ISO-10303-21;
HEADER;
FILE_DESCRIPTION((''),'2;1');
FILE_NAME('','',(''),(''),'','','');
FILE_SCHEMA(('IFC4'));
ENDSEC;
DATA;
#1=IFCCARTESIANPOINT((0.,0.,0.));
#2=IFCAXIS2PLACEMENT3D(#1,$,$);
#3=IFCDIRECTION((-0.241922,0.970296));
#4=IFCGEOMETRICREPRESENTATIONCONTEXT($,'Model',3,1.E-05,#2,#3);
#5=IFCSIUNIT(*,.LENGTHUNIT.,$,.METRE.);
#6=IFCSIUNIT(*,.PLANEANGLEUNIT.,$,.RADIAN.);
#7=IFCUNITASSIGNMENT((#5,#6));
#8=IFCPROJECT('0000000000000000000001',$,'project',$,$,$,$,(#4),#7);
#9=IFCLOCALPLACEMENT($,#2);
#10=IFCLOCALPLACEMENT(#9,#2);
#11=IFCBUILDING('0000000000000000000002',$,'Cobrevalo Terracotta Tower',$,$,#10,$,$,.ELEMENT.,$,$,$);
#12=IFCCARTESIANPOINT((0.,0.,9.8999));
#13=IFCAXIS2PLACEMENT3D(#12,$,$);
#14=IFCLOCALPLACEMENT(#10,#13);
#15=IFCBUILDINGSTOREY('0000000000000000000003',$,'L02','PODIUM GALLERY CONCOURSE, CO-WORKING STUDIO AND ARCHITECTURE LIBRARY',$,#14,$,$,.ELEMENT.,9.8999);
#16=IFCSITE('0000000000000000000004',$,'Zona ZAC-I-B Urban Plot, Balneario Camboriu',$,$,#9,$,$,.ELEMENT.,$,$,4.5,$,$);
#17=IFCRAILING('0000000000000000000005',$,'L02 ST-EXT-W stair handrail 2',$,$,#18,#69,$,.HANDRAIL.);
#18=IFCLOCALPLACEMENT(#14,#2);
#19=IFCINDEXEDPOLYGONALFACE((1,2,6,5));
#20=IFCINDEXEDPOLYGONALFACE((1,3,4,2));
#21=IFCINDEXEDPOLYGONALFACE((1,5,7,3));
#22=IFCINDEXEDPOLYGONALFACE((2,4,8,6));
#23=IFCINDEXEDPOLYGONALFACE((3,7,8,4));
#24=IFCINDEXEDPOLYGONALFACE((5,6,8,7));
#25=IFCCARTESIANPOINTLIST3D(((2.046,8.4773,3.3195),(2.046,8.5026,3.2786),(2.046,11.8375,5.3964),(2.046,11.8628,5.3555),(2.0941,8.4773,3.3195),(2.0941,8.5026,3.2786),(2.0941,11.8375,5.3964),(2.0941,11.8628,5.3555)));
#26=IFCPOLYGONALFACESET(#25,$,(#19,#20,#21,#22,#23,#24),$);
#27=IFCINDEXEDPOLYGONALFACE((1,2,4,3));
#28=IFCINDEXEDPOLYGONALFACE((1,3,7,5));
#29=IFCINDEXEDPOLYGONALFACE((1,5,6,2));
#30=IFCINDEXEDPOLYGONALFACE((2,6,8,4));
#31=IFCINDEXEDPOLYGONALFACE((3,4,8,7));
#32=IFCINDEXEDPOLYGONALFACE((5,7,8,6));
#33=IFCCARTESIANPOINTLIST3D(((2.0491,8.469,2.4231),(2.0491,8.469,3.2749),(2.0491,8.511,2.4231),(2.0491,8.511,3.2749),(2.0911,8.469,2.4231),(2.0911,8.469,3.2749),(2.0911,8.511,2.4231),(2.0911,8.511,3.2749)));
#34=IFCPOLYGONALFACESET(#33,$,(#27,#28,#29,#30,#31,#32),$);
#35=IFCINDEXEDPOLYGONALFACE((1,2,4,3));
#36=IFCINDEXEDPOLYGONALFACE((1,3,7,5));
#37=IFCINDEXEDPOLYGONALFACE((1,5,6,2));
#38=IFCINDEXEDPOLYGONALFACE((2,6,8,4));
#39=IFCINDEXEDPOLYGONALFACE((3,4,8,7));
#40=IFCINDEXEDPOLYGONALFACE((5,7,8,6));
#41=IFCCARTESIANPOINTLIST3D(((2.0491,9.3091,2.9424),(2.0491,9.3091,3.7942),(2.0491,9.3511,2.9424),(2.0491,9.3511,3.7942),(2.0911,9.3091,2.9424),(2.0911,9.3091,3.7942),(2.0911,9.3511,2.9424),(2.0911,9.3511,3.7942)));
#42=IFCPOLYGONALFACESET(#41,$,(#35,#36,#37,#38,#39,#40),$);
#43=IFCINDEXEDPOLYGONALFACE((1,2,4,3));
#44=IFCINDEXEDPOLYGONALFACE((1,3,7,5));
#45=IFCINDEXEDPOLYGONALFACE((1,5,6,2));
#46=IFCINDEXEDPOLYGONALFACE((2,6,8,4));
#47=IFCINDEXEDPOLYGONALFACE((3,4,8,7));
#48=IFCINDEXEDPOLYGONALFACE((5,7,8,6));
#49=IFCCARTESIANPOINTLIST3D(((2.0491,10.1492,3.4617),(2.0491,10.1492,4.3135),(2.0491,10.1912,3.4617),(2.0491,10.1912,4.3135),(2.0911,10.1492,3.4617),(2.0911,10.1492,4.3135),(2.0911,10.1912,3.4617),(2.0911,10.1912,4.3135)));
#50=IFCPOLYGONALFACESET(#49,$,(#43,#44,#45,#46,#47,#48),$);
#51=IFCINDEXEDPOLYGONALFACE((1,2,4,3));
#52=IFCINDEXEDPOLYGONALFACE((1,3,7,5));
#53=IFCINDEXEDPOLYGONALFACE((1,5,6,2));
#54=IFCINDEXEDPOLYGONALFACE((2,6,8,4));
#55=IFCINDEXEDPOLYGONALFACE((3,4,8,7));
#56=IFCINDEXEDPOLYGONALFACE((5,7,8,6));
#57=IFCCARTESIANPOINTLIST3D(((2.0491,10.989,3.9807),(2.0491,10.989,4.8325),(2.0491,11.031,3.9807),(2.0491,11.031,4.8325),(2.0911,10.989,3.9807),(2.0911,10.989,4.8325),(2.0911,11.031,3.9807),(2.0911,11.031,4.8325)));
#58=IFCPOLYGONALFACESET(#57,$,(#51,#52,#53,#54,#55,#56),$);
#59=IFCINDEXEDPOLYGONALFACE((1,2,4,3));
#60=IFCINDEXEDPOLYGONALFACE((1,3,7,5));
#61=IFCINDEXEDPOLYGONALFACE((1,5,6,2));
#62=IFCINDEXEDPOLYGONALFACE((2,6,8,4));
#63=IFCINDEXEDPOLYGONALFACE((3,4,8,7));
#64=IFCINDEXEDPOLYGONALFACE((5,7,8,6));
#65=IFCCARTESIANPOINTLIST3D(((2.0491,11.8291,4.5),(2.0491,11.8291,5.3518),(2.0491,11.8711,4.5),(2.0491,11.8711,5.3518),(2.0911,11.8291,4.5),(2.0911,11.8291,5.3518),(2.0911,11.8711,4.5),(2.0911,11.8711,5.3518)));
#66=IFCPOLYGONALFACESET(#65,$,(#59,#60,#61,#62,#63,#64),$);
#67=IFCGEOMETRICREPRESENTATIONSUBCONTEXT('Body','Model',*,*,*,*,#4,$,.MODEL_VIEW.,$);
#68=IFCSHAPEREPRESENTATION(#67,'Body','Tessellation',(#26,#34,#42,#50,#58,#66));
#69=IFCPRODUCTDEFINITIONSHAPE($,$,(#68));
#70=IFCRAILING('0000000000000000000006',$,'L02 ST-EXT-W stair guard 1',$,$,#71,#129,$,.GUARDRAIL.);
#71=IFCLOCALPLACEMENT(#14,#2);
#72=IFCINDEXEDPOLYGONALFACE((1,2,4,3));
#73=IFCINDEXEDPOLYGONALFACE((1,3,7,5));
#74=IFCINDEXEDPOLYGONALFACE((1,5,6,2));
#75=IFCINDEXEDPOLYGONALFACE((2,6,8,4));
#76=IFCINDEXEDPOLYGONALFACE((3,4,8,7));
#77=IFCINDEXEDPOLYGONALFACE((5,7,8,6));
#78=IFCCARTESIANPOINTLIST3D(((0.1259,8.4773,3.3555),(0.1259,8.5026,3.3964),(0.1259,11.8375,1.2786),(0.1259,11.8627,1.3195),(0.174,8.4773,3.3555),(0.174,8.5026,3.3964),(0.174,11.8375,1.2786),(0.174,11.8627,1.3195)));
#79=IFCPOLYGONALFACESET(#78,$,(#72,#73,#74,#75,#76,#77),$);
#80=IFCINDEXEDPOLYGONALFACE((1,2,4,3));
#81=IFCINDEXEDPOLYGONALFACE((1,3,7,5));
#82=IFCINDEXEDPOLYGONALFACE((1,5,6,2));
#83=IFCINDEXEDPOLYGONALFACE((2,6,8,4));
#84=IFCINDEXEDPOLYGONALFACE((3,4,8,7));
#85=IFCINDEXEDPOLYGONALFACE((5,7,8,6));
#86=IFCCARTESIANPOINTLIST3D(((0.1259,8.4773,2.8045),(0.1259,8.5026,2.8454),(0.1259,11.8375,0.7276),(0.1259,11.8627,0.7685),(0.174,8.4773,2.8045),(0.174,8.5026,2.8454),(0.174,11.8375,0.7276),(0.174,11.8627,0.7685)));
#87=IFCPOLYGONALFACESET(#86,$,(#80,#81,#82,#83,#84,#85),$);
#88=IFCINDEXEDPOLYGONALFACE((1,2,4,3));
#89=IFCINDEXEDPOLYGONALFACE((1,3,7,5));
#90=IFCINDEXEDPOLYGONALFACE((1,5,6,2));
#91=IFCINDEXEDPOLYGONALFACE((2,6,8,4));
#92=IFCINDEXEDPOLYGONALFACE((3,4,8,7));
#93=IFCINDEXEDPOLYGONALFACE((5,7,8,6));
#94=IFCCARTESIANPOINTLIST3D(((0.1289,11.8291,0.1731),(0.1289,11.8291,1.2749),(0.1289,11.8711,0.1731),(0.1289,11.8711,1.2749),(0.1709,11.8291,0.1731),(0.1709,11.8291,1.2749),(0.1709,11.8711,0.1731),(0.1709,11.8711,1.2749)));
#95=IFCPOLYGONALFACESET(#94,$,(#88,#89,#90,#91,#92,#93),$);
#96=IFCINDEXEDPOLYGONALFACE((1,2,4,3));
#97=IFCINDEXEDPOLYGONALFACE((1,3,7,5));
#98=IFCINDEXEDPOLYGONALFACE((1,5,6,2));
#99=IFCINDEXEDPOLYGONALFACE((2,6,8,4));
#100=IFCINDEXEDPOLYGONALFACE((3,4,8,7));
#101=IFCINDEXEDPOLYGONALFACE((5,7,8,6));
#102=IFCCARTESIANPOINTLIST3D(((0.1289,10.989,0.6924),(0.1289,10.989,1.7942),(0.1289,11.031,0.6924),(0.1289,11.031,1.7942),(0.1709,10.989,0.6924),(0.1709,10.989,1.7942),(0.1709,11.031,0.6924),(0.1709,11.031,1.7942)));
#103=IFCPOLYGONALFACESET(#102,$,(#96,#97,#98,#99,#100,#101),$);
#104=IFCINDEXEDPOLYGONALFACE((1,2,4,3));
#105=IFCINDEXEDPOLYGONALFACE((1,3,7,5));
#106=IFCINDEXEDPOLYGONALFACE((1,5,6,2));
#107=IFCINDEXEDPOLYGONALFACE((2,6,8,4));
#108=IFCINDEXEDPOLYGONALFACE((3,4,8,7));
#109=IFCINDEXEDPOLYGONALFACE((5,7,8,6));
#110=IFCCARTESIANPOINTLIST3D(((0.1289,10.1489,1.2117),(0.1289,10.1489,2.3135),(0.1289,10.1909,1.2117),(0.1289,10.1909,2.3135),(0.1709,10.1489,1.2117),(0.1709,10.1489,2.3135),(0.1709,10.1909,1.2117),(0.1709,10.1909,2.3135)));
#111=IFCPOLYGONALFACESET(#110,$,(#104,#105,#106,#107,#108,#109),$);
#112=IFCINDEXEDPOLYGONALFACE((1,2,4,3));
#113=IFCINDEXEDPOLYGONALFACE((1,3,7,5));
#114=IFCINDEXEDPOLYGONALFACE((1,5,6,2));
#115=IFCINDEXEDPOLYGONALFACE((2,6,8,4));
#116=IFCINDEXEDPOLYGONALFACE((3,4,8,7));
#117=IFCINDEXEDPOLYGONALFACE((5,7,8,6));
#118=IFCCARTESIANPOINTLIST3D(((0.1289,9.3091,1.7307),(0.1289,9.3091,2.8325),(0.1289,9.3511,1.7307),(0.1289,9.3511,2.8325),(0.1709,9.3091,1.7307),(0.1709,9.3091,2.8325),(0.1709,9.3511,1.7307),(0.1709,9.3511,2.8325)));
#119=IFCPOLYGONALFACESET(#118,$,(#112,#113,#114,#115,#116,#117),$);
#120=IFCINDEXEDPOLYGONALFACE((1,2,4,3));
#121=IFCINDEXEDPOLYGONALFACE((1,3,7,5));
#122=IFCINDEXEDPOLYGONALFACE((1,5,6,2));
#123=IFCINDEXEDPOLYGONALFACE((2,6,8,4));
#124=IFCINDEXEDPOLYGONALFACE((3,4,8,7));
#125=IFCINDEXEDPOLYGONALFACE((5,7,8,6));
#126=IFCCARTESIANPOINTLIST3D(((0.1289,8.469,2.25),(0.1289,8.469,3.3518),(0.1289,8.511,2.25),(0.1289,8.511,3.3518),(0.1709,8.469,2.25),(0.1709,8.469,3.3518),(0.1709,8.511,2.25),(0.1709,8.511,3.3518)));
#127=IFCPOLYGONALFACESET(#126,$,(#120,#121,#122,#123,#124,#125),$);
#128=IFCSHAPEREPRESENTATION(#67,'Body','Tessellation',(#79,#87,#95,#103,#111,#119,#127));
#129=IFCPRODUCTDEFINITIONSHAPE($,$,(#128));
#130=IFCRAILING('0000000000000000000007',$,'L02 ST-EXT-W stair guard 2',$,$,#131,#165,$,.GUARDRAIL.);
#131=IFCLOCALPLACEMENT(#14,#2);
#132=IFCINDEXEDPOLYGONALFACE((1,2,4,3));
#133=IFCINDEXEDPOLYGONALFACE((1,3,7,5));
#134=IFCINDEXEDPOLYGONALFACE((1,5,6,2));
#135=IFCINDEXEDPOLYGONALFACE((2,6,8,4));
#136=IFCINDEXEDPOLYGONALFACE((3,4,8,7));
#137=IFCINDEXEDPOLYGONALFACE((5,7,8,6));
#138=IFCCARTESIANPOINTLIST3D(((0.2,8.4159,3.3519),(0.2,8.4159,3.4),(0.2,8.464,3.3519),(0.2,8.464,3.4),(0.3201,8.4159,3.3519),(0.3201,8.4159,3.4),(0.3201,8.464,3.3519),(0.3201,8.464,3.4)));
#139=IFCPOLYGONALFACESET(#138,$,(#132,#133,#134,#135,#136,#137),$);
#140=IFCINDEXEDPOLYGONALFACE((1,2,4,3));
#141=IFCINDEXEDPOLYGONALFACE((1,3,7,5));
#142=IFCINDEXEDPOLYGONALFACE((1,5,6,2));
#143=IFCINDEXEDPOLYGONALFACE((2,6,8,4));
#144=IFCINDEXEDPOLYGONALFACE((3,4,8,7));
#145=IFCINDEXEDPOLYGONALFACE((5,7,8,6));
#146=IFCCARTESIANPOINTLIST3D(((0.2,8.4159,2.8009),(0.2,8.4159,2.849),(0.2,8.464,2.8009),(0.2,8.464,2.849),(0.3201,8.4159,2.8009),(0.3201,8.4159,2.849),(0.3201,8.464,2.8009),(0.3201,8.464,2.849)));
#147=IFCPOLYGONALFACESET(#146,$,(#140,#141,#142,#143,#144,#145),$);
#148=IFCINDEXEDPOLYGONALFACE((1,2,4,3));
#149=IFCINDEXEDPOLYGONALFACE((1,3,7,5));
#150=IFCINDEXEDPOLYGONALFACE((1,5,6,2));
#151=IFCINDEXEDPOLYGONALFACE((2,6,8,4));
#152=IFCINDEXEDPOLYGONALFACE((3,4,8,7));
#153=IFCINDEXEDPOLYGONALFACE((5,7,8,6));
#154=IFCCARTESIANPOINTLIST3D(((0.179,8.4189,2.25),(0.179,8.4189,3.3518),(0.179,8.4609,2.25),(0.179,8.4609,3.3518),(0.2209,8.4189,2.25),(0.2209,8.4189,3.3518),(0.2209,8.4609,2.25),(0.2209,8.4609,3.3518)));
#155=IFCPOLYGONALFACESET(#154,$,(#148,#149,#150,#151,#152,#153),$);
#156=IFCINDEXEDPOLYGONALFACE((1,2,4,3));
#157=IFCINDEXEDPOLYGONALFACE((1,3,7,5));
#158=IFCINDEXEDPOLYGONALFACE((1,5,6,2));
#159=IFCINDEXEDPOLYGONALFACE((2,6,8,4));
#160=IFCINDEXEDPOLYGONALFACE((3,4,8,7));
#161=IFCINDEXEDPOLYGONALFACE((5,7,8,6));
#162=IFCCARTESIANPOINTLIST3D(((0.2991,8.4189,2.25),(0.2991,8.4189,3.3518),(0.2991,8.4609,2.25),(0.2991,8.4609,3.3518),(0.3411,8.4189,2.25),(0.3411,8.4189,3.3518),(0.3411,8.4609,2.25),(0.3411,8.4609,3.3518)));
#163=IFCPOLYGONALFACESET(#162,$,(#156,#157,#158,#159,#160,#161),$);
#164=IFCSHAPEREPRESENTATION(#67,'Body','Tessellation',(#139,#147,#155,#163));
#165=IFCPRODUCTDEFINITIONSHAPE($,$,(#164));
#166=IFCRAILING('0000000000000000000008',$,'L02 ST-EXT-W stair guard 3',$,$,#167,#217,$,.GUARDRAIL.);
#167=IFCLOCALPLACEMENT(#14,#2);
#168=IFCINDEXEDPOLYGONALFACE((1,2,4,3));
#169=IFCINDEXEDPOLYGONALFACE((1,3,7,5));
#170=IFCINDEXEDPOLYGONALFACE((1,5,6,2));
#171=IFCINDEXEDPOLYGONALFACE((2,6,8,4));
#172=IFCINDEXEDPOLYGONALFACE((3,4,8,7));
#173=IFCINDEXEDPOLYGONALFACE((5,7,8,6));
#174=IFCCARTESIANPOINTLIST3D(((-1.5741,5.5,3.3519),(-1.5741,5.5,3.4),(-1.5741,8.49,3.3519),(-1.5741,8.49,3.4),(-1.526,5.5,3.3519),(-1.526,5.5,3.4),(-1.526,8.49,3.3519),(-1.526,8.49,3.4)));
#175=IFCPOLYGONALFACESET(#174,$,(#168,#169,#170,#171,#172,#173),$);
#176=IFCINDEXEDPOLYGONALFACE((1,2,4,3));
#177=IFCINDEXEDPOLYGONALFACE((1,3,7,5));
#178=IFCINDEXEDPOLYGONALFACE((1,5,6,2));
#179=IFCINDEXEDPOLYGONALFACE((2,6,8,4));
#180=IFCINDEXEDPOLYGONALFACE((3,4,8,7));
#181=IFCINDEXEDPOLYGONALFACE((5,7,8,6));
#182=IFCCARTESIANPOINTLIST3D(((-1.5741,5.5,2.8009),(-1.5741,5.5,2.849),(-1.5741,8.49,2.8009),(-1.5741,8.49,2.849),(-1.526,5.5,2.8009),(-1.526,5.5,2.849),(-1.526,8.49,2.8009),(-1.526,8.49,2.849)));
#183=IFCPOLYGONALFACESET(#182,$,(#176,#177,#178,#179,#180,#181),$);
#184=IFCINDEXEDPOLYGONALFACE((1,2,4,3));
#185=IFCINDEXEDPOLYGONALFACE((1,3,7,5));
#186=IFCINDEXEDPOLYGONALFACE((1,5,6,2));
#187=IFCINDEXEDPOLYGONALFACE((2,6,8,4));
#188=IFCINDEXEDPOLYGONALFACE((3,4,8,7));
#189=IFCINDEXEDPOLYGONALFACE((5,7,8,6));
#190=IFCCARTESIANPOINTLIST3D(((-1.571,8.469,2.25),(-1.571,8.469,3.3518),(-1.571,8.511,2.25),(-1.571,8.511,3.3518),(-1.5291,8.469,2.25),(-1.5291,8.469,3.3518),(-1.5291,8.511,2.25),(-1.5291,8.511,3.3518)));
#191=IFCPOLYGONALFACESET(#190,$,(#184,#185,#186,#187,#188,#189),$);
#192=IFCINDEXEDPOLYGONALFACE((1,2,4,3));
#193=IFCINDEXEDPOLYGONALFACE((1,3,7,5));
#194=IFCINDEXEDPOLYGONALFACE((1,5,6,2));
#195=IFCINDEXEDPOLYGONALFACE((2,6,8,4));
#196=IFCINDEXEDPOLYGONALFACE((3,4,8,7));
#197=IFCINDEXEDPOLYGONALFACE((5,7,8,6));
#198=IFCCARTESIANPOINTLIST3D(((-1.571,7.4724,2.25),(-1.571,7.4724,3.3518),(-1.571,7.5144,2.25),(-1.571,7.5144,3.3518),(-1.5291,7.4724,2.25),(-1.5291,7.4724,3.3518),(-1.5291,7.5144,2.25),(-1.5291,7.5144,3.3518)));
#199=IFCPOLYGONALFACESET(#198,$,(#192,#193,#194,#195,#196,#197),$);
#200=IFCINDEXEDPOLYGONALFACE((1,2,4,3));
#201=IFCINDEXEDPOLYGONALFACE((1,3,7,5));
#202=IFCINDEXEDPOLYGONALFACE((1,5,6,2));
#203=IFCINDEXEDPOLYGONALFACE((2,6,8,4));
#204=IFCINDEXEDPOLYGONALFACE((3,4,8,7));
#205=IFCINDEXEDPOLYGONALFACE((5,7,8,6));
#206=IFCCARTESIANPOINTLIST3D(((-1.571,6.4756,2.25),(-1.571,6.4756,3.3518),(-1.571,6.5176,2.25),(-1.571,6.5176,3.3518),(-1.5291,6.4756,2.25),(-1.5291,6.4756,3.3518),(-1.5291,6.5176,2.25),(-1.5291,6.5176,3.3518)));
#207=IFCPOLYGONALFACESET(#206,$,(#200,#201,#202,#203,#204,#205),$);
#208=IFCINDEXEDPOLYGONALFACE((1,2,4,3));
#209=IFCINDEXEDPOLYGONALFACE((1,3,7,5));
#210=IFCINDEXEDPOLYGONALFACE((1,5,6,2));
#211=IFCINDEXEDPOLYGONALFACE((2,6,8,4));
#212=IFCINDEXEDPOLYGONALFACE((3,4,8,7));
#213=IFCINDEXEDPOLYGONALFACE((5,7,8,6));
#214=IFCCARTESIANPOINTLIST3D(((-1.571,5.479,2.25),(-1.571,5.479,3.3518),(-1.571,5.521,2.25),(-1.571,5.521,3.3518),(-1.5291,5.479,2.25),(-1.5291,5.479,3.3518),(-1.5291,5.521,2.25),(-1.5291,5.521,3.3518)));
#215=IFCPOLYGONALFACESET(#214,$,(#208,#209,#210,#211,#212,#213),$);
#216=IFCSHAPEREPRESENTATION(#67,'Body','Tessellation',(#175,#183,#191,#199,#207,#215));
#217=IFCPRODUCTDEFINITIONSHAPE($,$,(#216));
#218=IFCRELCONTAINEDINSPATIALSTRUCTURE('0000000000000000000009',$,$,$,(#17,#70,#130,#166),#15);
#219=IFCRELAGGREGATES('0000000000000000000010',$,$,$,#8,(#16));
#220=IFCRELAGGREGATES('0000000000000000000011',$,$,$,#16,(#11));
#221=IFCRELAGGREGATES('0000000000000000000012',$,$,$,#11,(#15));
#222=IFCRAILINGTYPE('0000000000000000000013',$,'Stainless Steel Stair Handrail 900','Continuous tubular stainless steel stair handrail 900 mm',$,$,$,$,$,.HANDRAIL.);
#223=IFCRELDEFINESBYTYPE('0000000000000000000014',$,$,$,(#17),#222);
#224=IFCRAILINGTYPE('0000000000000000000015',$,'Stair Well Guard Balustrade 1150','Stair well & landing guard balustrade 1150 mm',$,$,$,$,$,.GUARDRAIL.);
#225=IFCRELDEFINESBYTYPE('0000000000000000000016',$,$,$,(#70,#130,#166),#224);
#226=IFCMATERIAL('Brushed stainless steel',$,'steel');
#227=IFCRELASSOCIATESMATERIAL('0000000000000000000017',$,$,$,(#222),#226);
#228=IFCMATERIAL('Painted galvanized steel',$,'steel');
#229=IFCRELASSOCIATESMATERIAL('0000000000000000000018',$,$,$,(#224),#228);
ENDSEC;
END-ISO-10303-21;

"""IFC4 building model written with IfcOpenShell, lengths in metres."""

from ifc_helpers import new_model, si_unit, direction, frame, origin, origin_2d, place, context, subcontext, project, spatial, rectangle, extrude, material, type_object, element, save


model = new_model("IFC4")

# Units and contexts
model_context = context("Model", 3, precision=1e-05, world=origin(), true_north=direction((-0.241922, 0.970296)))
body_context = subcontext(model_context, "Body", "Model", "MODEL_VIEW")
ifc_project = project(units=[si_unit("LENGTHUNIT", "METRE"), si_unit("PLANEANGLEUNIT", "RADIAN")], contexts=[model_context])

# Site, building, storey
site_placement = place(None, origin())
site = spatial("IfcSite", under=ifc_project, at=site_placement, Name="Zona ZAC-I-B Urban Plot, Balneario Camboriu", CompositionType="ELEMENT", RefElevation=4.5)
building_placement = place(site_placement, origin())
building = spatial("IfcBuilding", under=site, at=building_placement, Name="Cobrevalo Terracotta Tower", CompositionType="ELEMENT")
storey_placement = place(building_placement, frame((0.0, 0.0, 9.8999)))
storey = spatial("IfcBuildingStorey", under=building, at=storey_placement, Name="L02", Description="PODIUM GALLERY CONCOURSE, CO-WORKING STUDIO AND ARCHITECTURE LIBRARY", CompositionType="ELEMENT", Elevation=9.8999)

# Railings
ifc_material_1 = material(Name="Brushed stainless steel", Category="steel")
railing_type_1 = type_object("IfcRailingType", Name="Stainless Steel Stair Handrail 900", Description="Continuous tubular stainless steel stair handrail 900 mm", PredefinedType="HANDRAIL", material=ifc_material_1)
railing_1_placement = place(storey_placement, frame((2.0701, 8.49, 2.4231)))
element("IfcRailing", 1, at=railing_1_placement, inside=storey, type_object=railing_type_1, Name="L02 ST-EXT-W stair handrail 2", PredefinedType="HANDRAIL", context=body_context, shape_type="SweptSolid", body=[
    extrude(rectangle(XDim=0.0481, YDim=0.0481, at=origin_2d()), frame((0.0, 0.0, 0.876), z_axis=(0.0, 0.850623, 0.525776), x_axis=(-1.0, 0.0, 0.0)), (0.0, 0.0, 1.0), 3.9502),
    extrude(rectangle(XDim=0.042, YDim=0.042, at=origin_2d()), origin(), (0.0, 0.0, 1.0), 0.8518),
    extrude(rectangle(XDim=0.042, YDim=0.042, at=origin_2d()), frame((0.0, 0.8401, 0.5193)), (0.0, 0.0, 1.0), 0.8518),
    extrude(rectangle(XDim=0.042, YDim=0.042, at=origin_2d()), frame((0.0, 1.6802, 1.0386)), (0.0, 0.0, 1.0), 0.8518),
    extrude(rectangle(XDim=0.042, YDim=0.042, at=origin_2d()), frame((0.0, 2.52, 1.5576)), (0.0, 0.0, 1.0), 0.8518),
    extrude(rectangle(XDim=0.042, YDim=0.042, at=origin_2d()), frame((0.0, 3.3601, 2.0769)), (0.0, 0.0, 1.0), 0.8518),
])
ifc_material_2 = material(Name="Painted galvanized steel", Category="steel")
railing_type_2 = type_object("IfcRailingType", Name="Stair Well Guard Balustrade 1150", Description="Stair well & landing guard balustrade 1150 mm", PredefinedType="GUARDRAIL", material=ifc_material_2)
railing_2_placement = place(storey_placement, frame((0.1499, 11.8501, 0.1731)))
element("IfcRailing", 2, at=railing_2_placement, inside=storey, type_object=railing_type_2, Name="L02 ST-EXT-W stair guard 1", PredefinedType="GUARDRAIL", context=body_context, shape_type="SweptSolid", body=[
    extrude(rectangle(XDim=0.0481, YDim=0.0481, at=origin_2d()), frame((0.0, 0.0, 1.126), z_axis=(0.0, -0.850623, 0.525776), x_axis=(1.0, 0.0, 0.0)), (0.0, 0.0, 1.0), 3.9502),
    extrude(rectangle(XDim=0.0481, YDim=0.0481, at=origin_2d()), frame((0.0, 0.0, 0.575), z_axis=(0.0, -0.850623, 0.525776), x_axis=(1.0, 0.0, 0.0)), (0.0, 0.0, 1.0), 3.9502),
    extrude(rectangle(XDim=0.042, YDim=0.042, at=origin_2d()), origin(), (0.0, 0.0, 1.0), 1.1018),
    extrude(rectangle(XDim=0.042, YDim=0.042, at=origin_2d()), frame((0.0, -0.8401, 0.5193)), (0.0, 0.0, 1.0), 1.1018),
    extrude(rectangle(XDim=0.042, YDim=0.042, at=origin_2d()), frame((0.0, -1.6802, 1.0386)), (0.0, 0.0, 1.0), 1.1018),
    extrude(rectangle(XDim=0.042, YDim=0.042, at=origin_2d()), frame((0.0, -2.52, 1.5576)), (0.0, 0.0, 1.0), 1.1018),
    extrude(rectangle(XDim=0.042, YDim=0.042, at=origin_2d()), frame((0.0, -3.3601, 2.0769)), (0.0, 0.0, 1.0), 1.1018),
])
railing_3_placement = place(storey_placement, frame((0.2, 8.4399, 2.25)))
element("IfcRailing", 3, at=railing_3_placement, inside=storey, type_object=railing_type_2, Name="L02 ST-EXT-W stair guard 2", PredefinedType="GUARDRAIL", context=body_context, shape_type="SweptSolid", body=[
    extrude(rectangle(XDim=0.0481, YDim=0.0481, at=origin_2d()), frame((0.0, 0.0, 1.126), z_axis=(1.0, 0.0, 0.0), x_axis=(0.0, 1.0, 0.0)), (0.0, 0.0, 1.0), 0.1201),
    extrude(rectangle(XDim=0.0481, YDim=0.0481, at=origin_2d()), frame((0.0, 0.0, 0.575), z_axis=(1.0, 0.0, 0.0), x_axis=(0.0, 1.0, 0.0)), (0.0, 0.0, 1.0), 0.1201),
    extrude(rectangle(XDim=0.042, YDim=0.042, at=origin_2d()), origin(), (0.0, 0.0, 1.0), 1.1018),
    extrude(rectangle(XDim=0.042, YDim=0.042, at=origin_2d()), frame((0.1201, 0.0, 0.0)), (0.0, 0.0, 1.0), 1.1018),
])
for number, where, name in (
    (4, (-1.55, 8.49, 2.25), "L02 ST-EXT-W stair guard 3"),
):
    element("IfcRailing", number, at=place(storey_placement, frame(where)), inside=storey, type_object=railing_type_2, Name=name, PredefinedType="GUARDRAIL", context=body_context, shape_type="SweptSolid", body=[
        extrude(rectangle(XDim=0.0481, YDim=0.0481, at=origin_2d()), frame((0.0, 0.0, 1.126), z_axis=(0.0, -1.0, 0.0), x_axis=(1.0, 0.0, 0.0)), (0.0, 0.0, 1.0), 2.99),
        extrude(rectangle(XDim=0.0481, YDim=0.0481, at=origin_2d()), frame((0.0, 0.0, 0.575), z_axis=(0.0, -1.0, 0.0), x_axis=(1.0, 0.0, 0.0)), (0.0, 0.0, 1.0), 2.99),
        extrude(rectangle(XDim=0.042, YDim=0.042, at=origin_2d()), origin(), (0.0, 0.0, 1.0), 1.1018),
        extrude(rectangle(XDim=0.042, YDim=0.042, at=origin_2d()), frame((0.0, -0.9966, 0.0)), (0.0, 0.0, 1.0), 1.1018),
        extrude(rectangle(XDim=0.042, YDim=0.042, at=origin_2d()), frame((0.0, -1.9934, 0.0)), (0.0, 0.0, 1.0), 1.1018),
        extrude(rectangle(XDim=0.042, YDim=0.042, at=origin_2d()), frame((0.0, -2.99, 0.0)), (0.0, 0.0, 1.0), 1.1018),
    ])

save(model, "model.ifc")
